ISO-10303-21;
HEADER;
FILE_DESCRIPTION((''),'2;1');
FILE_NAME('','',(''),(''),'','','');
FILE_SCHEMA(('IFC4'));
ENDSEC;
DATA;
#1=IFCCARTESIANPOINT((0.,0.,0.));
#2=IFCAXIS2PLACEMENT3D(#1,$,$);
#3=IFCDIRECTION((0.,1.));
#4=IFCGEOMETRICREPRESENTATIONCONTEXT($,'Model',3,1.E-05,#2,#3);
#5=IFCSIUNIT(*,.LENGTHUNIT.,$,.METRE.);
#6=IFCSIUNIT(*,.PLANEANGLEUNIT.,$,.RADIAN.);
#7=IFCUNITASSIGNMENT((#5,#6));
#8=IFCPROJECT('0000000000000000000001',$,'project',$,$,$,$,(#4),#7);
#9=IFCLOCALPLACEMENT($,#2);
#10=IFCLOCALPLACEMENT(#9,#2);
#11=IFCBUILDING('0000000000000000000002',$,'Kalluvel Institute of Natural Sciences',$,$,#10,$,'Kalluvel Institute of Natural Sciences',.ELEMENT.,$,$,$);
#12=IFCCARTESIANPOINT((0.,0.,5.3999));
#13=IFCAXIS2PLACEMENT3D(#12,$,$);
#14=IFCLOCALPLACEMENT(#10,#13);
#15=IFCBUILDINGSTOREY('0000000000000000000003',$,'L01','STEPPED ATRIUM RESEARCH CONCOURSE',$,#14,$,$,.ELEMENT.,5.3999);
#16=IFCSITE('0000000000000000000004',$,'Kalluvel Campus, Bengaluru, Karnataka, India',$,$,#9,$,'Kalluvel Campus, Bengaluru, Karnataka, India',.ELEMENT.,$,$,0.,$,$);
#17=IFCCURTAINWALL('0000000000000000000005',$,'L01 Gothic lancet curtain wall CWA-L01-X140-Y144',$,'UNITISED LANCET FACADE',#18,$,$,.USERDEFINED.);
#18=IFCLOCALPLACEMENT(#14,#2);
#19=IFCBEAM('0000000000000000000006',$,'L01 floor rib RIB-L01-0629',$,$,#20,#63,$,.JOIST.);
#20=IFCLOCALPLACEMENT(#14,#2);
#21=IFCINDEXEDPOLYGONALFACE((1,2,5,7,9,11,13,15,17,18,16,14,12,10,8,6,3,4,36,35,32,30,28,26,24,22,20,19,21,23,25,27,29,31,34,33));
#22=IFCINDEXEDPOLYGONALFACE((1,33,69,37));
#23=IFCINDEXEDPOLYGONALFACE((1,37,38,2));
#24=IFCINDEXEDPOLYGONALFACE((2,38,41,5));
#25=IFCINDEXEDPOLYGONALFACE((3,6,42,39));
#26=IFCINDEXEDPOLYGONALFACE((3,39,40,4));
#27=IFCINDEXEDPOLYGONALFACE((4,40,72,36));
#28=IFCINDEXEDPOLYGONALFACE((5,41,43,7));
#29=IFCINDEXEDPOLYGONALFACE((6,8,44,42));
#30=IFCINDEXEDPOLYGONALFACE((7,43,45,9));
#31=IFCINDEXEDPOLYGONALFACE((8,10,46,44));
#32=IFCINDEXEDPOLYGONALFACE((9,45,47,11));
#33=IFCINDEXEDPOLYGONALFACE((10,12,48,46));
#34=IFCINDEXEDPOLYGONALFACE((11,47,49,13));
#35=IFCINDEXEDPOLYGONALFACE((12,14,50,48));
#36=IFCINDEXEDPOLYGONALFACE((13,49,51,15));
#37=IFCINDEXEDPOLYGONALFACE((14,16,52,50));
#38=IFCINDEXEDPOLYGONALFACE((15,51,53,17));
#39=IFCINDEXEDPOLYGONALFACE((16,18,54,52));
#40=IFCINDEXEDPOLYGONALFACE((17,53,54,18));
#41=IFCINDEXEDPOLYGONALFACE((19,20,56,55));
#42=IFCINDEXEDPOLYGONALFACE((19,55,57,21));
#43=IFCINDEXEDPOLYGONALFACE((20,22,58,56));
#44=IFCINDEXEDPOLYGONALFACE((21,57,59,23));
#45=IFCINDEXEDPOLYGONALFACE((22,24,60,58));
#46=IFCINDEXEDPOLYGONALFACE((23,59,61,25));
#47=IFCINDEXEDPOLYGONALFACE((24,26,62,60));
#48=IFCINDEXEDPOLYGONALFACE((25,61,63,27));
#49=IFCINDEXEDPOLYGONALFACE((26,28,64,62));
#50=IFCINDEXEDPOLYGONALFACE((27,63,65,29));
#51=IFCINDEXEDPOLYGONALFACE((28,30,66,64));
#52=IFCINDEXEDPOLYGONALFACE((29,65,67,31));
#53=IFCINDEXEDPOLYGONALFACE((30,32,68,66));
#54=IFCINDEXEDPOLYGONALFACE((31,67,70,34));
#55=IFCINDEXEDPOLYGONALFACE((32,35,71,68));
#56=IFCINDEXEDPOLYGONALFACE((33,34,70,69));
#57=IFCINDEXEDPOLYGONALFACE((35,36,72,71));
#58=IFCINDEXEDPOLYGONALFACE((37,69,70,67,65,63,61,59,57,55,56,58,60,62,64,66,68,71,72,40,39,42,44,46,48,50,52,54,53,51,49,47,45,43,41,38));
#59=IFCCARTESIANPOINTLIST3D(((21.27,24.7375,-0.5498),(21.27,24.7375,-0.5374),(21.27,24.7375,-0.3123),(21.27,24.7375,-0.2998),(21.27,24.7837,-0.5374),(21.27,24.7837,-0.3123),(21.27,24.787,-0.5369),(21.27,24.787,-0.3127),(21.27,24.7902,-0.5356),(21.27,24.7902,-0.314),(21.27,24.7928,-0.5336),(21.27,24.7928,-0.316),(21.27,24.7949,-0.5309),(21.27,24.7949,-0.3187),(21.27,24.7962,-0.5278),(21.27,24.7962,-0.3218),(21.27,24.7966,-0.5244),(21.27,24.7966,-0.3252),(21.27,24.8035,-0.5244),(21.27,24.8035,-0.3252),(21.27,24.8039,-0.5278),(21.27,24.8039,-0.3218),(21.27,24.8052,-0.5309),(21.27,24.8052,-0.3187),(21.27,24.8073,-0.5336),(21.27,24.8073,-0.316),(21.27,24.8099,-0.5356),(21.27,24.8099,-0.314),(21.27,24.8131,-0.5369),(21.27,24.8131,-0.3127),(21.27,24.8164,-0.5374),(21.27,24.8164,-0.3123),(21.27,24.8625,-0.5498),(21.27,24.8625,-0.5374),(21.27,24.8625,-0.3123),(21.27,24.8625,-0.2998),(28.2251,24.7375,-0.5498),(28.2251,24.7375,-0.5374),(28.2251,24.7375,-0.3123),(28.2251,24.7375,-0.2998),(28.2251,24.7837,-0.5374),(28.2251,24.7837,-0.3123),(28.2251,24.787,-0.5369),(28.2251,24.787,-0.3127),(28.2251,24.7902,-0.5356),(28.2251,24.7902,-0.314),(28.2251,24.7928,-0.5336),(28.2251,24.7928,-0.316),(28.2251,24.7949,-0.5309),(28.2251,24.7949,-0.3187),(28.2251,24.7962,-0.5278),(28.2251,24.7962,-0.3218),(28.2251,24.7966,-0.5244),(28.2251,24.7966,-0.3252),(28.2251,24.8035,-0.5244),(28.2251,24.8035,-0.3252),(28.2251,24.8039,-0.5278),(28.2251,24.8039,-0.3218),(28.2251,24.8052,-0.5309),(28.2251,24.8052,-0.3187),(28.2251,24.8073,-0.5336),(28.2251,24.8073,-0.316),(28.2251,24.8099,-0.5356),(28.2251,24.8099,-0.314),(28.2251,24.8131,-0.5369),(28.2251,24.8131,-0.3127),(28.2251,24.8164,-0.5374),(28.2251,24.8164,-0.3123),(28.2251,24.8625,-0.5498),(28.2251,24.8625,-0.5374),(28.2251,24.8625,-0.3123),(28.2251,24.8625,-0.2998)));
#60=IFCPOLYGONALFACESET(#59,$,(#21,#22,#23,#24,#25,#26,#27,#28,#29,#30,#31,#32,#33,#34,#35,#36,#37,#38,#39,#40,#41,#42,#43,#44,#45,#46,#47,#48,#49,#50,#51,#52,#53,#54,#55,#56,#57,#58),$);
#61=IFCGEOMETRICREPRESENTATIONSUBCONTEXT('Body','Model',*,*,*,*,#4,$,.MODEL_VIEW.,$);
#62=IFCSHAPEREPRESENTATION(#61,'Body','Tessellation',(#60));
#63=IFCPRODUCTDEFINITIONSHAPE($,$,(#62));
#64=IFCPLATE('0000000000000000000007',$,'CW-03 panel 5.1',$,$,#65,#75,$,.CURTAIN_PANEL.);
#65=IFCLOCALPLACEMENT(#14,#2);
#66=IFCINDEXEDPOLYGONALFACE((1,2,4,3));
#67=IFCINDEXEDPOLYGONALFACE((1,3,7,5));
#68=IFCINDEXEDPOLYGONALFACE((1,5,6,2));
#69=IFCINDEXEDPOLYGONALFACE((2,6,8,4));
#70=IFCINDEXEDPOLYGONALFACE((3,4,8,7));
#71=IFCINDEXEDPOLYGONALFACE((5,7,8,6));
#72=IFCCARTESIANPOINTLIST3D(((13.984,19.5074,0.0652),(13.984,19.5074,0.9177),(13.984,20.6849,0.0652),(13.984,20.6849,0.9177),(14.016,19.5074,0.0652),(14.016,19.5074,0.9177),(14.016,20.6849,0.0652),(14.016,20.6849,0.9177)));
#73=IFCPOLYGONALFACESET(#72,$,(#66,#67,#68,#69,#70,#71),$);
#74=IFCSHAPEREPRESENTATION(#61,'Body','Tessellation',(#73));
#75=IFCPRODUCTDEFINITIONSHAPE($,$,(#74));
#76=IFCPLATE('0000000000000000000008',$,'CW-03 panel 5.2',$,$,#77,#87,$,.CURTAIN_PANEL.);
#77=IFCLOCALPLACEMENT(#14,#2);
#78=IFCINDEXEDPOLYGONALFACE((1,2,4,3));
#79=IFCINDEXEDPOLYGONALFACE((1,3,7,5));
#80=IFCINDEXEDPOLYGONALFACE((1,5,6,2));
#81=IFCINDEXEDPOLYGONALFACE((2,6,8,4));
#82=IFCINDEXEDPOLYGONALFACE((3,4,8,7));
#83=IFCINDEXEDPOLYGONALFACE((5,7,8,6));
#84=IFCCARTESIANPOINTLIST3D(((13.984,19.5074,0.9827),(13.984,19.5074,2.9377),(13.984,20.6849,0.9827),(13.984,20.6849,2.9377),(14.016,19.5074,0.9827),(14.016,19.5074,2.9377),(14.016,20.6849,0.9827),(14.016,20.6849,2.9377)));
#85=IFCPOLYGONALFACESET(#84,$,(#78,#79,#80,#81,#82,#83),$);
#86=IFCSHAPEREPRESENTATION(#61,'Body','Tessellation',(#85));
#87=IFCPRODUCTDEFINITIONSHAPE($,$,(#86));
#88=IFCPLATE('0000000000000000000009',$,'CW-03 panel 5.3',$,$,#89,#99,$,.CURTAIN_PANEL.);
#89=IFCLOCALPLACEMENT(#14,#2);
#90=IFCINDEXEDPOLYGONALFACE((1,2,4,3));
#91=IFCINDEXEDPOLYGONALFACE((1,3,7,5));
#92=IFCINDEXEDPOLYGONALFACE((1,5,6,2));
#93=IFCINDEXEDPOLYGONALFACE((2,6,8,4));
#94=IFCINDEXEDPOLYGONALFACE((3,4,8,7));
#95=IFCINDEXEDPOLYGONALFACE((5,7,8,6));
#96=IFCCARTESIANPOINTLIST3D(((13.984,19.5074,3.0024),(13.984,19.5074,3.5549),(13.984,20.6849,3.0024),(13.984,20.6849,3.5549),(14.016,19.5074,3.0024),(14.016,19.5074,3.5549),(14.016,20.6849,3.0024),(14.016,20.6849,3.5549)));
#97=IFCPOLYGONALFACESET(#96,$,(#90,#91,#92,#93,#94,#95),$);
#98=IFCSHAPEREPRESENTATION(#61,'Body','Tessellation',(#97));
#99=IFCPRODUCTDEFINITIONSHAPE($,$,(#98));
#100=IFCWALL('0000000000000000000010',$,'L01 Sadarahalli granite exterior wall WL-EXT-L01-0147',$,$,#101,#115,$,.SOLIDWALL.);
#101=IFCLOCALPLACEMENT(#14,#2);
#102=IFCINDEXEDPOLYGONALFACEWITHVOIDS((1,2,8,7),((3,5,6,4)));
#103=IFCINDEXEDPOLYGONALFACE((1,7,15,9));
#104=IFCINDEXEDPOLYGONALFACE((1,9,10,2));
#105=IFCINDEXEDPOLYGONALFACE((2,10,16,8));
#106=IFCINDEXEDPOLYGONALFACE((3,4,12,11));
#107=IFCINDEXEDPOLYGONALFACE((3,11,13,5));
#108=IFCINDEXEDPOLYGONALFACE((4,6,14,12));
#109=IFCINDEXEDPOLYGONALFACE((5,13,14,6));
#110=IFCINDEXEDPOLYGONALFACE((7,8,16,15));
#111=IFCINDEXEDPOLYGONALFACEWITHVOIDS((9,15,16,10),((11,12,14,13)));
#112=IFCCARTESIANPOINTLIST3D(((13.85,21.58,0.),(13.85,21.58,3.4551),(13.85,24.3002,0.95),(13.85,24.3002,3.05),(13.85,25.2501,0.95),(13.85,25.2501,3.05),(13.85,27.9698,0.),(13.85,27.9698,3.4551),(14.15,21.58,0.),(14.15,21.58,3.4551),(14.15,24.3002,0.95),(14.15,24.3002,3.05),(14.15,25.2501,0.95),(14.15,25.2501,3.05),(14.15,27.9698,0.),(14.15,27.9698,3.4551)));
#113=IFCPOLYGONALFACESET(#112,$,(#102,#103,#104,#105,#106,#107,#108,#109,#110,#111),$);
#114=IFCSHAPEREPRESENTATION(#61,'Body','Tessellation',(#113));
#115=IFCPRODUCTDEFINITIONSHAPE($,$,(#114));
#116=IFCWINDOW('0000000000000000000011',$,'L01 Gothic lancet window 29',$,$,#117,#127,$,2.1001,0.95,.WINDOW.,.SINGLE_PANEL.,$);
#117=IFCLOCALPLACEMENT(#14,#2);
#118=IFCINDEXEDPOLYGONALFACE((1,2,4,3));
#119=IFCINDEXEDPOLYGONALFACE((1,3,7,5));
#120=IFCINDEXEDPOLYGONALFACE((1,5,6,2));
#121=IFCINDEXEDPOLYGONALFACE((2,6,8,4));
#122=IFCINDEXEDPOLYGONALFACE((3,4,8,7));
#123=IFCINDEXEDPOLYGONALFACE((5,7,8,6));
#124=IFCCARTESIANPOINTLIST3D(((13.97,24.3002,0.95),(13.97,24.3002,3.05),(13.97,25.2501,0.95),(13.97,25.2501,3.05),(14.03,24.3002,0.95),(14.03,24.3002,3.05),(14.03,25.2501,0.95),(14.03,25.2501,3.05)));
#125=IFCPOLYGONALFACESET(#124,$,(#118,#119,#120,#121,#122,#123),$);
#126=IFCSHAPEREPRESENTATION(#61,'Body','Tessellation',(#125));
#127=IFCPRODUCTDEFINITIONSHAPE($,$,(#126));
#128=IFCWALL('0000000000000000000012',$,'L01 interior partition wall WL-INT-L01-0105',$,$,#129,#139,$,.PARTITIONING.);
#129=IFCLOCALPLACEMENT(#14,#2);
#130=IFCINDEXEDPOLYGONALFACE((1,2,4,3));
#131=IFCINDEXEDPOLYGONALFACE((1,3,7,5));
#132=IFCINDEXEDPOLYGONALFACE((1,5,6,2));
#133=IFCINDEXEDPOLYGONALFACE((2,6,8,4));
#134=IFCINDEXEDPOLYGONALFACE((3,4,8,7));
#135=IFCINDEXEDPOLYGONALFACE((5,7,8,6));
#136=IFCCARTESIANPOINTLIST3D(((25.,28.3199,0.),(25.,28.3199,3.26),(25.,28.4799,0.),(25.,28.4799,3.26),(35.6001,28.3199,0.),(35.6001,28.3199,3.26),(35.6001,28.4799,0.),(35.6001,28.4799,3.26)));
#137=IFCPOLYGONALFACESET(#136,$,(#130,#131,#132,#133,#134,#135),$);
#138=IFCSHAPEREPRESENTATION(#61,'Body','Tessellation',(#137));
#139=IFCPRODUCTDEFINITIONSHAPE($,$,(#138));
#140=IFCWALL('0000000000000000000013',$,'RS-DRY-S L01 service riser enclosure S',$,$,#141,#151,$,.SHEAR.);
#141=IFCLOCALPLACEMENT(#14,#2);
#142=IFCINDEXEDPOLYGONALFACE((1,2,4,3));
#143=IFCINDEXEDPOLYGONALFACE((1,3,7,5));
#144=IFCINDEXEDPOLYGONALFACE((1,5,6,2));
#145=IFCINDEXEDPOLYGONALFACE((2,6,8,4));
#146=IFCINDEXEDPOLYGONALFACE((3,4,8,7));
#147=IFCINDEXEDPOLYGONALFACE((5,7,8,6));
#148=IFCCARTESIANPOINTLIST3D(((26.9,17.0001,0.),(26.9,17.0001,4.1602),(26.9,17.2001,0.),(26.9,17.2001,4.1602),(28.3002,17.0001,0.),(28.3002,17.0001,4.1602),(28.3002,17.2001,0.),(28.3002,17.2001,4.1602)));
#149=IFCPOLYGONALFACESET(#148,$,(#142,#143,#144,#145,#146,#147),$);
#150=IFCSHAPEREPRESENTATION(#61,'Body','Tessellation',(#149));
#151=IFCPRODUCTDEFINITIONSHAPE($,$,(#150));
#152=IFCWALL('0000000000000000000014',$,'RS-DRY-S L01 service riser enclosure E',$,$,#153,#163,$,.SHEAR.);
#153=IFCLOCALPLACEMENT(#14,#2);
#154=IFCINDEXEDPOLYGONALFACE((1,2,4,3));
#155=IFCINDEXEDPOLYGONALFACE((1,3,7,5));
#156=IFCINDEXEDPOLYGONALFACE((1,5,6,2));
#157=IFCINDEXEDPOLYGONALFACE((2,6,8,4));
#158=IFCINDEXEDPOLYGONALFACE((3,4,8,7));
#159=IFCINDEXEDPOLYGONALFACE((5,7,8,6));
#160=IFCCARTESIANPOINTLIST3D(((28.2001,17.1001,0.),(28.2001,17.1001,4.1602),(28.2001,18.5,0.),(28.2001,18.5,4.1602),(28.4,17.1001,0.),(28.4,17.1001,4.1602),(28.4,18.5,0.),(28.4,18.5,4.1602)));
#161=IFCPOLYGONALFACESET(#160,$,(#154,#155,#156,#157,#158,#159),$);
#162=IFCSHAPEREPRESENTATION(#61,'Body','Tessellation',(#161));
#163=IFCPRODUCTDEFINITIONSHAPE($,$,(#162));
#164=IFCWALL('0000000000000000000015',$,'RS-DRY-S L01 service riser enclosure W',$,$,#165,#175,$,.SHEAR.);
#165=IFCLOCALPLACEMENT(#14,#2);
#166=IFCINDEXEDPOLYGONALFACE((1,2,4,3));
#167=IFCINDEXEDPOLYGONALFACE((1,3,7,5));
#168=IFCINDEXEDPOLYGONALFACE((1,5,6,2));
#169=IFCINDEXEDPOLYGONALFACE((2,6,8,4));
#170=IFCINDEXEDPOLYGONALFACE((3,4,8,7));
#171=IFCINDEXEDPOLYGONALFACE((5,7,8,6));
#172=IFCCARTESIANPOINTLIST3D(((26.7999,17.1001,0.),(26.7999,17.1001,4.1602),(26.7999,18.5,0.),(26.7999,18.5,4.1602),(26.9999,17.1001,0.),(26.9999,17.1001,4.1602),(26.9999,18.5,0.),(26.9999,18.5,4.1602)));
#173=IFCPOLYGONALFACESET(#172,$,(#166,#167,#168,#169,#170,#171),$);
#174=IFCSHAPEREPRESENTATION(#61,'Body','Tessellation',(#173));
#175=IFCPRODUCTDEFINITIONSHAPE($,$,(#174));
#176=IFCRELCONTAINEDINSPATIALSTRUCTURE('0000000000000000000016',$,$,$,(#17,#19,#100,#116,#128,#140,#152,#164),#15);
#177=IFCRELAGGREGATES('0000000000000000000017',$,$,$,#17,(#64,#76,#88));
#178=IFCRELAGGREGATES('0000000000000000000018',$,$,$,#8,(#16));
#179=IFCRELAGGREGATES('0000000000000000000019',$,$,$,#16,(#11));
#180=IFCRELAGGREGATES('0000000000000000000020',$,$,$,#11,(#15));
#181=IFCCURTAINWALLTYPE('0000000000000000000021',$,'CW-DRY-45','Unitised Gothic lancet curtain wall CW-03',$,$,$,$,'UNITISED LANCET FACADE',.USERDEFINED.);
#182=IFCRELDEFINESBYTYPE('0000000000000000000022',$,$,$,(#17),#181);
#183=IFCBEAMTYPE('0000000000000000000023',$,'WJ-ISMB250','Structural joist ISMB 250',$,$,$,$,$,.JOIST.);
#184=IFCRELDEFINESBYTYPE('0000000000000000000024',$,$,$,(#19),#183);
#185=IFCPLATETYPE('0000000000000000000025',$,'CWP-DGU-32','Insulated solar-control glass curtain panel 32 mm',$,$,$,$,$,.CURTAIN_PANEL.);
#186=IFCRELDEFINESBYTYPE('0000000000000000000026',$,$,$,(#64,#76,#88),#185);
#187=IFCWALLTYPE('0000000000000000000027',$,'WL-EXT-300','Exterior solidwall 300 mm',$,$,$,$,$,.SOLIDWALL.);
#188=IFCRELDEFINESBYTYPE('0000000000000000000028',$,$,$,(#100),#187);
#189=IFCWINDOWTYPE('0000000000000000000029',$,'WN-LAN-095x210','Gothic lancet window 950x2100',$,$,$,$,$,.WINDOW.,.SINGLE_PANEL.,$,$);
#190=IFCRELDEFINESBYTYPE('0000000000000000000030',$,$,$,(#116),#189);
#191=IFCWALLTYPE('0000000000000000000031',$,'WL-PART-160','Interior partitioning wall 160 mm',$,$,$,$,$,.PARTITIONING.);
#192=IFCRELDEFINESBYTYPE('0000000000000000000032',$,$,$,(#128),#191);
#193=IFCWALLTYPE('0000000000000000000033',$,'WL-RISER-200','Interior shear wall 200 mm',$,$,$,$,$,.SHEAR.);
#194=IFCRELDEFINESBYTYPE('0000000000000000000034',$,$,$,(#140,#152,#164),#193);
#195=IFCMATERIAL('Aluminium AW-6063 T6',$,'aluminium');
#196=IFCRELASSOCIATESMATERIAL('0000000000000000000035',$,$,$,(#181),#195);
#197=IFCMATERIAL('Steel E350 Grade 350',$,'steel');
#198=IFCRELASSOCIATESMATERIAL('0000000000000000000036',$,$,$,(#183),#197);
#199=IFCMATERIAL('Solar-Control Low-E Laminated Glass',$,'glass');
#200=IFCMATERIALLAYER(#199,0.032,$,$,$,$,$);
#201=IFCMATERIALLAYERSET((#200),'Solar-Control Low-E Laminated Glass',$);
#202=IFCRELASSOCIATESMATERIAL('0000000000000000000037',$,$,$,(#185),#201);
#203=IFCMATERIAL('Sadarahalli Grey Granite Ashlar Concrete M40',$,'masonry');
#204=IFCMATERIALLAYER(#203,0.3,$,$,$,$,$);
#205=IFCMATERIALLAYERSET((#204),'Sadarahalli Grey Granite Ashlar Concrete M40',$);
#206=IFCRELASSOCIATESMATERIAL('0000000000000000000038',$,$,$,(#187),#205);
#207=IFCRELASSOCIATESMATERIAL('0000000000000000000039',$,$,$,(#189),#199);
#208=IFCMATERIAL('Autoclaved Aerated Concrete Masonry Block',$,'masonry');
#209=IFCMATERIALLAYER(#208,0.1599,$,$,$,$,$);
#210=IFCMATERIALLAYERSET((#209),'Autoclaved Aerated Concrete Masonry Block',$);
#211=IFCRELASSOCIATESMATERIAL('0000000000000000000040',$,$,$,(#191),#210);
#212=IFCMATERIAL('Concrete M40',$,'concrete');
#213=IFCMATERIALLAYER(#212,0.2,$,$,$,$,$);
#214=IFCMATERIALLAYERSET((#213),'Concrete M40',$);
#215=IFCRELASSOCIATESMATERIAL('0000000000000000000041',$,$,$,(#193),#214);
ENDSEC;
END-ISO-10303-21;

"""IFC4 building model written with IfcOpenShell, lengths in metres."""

from ifc_helpers import new_model, si_unit, direction, frame, frame_2d, origin, origin_2d, place, context, subcontext, project, spatial, rectangle, i_section, extrude, material, layer, layer_set, material_profile, profile_set, type_object, element, fill, aggregate, save


model = new_model("IFC4")

# Units and contexts
model_context = context("Model", 3, precision=1e-05, world=origin(), true_north=direction((0.0, 1.0)))
body_context = subcontext(model_context, "Body", "Model", "MODEL_VIEW")
ifc_project = project(units=[si_unit("LENGTHUNIT", "METRE"), si_unit("PLANEANGLEUNIT", "RADIAN")], contexts=[model_context])

# Site, building, storey
site_placement = place(None, origin())
site = spatial("IfcSite", under=ifc_project, at=site_placement, Name="Kalluvel Campus, Bengaluru, Karnataka, India", LongName="Kalluvel Campus, Bengaluru, Karnataka, India", CompositionType="ELEMENT", RefElevation=0.0)
building_placement = place(site_placement, origin())
building = spatial("IfcBuilding", under=site, at=building_placement, Name="Kalluvel Institute of Natural Sciences", LongName="Kalluvel Institute of Natural Sciences", CompositionType="ELEMENT")
storey_placement = place(building_placement, frame((0.0, 0.0, 5.3999)))
storey = spatial("IfcBuildingStorey", under=building, at=storey_placement, Name="L01", Description="STEPPED ATRIUM RESEARCH CONCOURSE", CompositionType="ELEMENT", Elevation=5.3999)

# Shared definitions
ifc_material_1 = material(Name="Concrete M40", Category="concrete")

# Shared definitions
ifc_material_2 = material(Name="Steel E350 Grade 350", Category="steel")

# Curtain wall
ifc_material_3 = material(Name="Aluminium AW-6063 T6", Category="aluminium")
curtain_wall_type = type_object("IfcCurtainWallType", Name="CW-DRY-45", Description="Unitised Gothic lancet curtain wall CW-03", ElementType="UNITISED LANCET FACADE", PredefinedType="USERDEFINED", material=ifc_material_3)
curtain_wall_1_placement = place(storey_placement, origin())
curtain_wall_1 = element("IfcCurtainWall", 1, at=curtain_wall_1_placement, inside=storey, type_object=curtain_wall_type, Name="L01 Gothic lancet curtain wall CWA-L01-X140-Y144", ObjectType="UNITISED LANCET FACADE", PredefinedType="USERDEFINED")

# Beam
ifc_material_profile_1 = material_profile(ifc_material_2, i_section(OverallWidth=0.125, OverallDepth=0.25, WebThickness=0.0068, FlangeThickness=0.0125, FilletRadius=0.0129, at=origin_2d()), Name="ISMB 250")
ifc_profile_set_1 = profile_set([ifc_material_profile_1], Name="Steel E350 Grade 350")
beam_type_1 = type_object("IfcBeamType", Name="WJ-ISMB250", Description="Structural joist ISMB 250", PredefinedType="JOIST", material=ifc_profile_set_1)
for number, where, z_axis, x_axis, name in (
    (2, (21.27, 24.8, -0.4248), (1.0, 0.0, 0.0), (0.0, 1.0, 0.0), "L01 floor rib RIB-L01-0629"),
):
    element("IfcBeam", number, at=place(storey_placement, frame(where, z_axis=z_axis, x_axis=x_axis)), inside=storey, type_object=beam_type_1, Name=name, PredefinedType="JOIST", context=body_context, shape_type="SweptSolid", body=[
        extrude(i_section(OverallWidth=0.125, OverallDepth=0.25, WebThickness=0.0068, FlangeThickness=0.0125, FilletRadius=0.0129, at=origin_2d()), origin(), (0.0, 0.0, 1.0), 6.9551),
    ])

# Plates
ifc_material_4 = material(Name="Solar-Control Low-E Laminated Glass", Category="glass")
ifc_layer_1 = layer(ifc_material_4, 0.032)
ifc_layer_set_1 = layer_set([ifc_layer_1], Name="Solar-Control Low-E Laminated Glass")
plate_type = type_object("IfcPlateType", Name="CWP-DGU-32", Description="Insulated solar-control glass curtain panel 32 mm", PredefinedType="CURTAIN_PANEL", material=ifc_layer_set_1)
plate_1_placement = place(storey_placement, frame((14.0, 20.0962, 0.0652), z_axis=(0.0, 0.0, 1.0), x_axis=(0.0, 1.0, 0.0)))
plate_1 = element("IfcPlate", 3, at=plate_1_placement, type_object=plate_type, Name="CW-03 panel 5.1", PredefinedType="CURTAIN_PANEL", context=body_context, shape_type="SweptSolid", body=[
    extrude(rectangle(XDim=1.1775, YDim=0.032, at=origin_2d()), origin(), (0.0, 0.0, 1.0), 0.8525),
])
plate_2_placement = place(storey_placement, frame((14.0, 20.0962, 0.9827), z_axis=(0.0, 0.0, 1.0), x_axis=(0.0, 1.0, 0.0)))
plate_2 = element("IfcPlate", 4, at=plate_2_placement, type_object=plate_type, Name="CW-03 panel 5.2", PredefinedType="CURTAIN_PANEL", context=body_context, shape_type="SweptSolid", body=[
    extrude(rectangle(XDim=1.1775, YDim=0.032, at=origin_2d()), origin(), (0.0, 0.0, 1.0), 1.9551),
])
plate_3_placement = place(storey_placement, frame((14.0, 20.0962, 3.0024), z_axis=(0.0, 0.0, 1.0), x_axis=(0.0, 1.0, 0.0)))
plate_3 = element("IfcPlate", 5, at=plate_3_placement, type_object=plate_type, Name="CW-03 panel 5.3", PredefinedType="CURTAIN_PANEL", context=body_context, shape_type="SweptSolid", body=[
    extrude(rectangle(XDim=1.1775, YDim=0.032, at=origin_2d()), origin(), (0.0, 0.0, 1.0), 0.5525),
])
aggregate(curtain_wall_1, [plate_1, plate_2, plate_3])

# Wall, opening, window
ifc_material_5 = material(Name="Sadarahalli Grey Granite Ashlar Concrete M40", Category="masonry")
ifc_layer_2 = layer(ifc_material_5, 0.3)
ifc_layer_set_2 = layer_set([ifc_layer_2], Name="Sadarahalli Grey Granite Ashlar Concrete M40")
wall_type_1 = type_object("IfcWallType", Name="WL-EXT-300", Description="Exterior solidwall 300 mm", PredefinedType="SOLIDWALL", material=ifc_layer_set_2)
wall_1_placement = place(storey_placement, frame((14.0, 21.5801, 0.0), z_axis=(0.0, 0.0, 1.0), x_axis=(0.0, 1.0, 0.0)))
wall_1 = element("IfcWall", 6, at=wall_1_placement, inside=storey, type_object=wall_type_1, Name="L01 Sadarahalli granite exterior wall WL-EXT-L01-0147", PredefinedType="SOLIDWALL", context=body_context, shape_type="SweptSolid", body=[
    extrude(rectangle(XDim=6.3899, YDim=0.3, at=frame_2d((3.1948, 0.0))), origin(), (0.0, 0.0, 1.0), 3.4551),
])
opening_placement = place(wall_1_placement, frame((2.72, 0.0, 0.95)))
opening = element("IfcOpeningElement", 7, at=opening_placement, cuts=wall_1, PredefinedType="OPENING", context=body_context, shape_type="SweptSolid", body=[
    extrude(rectangle(XDim=0.95, YDim=2.1001, at=frame_2d((0.4751, 1.05))), frame((0.0, 0.1599, 0.0), z_axis=(0.0, -1.0, 0.0), x_axis=(1.0, 0.0, 0.0)), (0.0, 0.0, 1.0), 0.3201),
])
window_type = type_object("IfcWindowType", Name="WN-LAN-095x210", Description="Gothic lancet window 950x2100", PartitioningType="SINGLE_PANEL", PredefinedType="WINDOW", material=ifc_material_4)
window_placement = place(opening_placement, origin())
window = element("IfcWindow", 8, at=window_placement, inside=storey, type_object=window_type, Name="L01 Gothic lancet window 29", OverallHeight=2.1001, OverallWidth=0.95, PartitioningType="SINGLE_PANEL", PredefinedType="WINDOW", context=body_context, shape_type="SweptSolid", body=[
    extrude(rectangle(XDim=0.95, YDim=2.1001, at=frame_2d((0.4751, 1.05))), frame((0.0, 0.03, 0.0), z_axis=(0.0, -1.0, 0.0), x_axis=(1.0, 0.0, 0.0)), (0.0, 0.0, 1.0), 0.0601),
])
fill(opening, window)

# Walls
ifc_material_6 = material(Name="Autoclaved Aerated Concrete Masonry Block", Category="masonry")
ifc_layer_3 = layer(ifc_material_6, 0.1599)
ifc_layer_set_3 = layer_set([ifc_layer_3], Name="Autoclaved Aerated Concrete Masonry Block")
wall_type_2 = type_object("IfcWallType", Name="WL-PART-160", Description="Interior partitioning wall 160 mm", PredefinedType="PARTITIONING", material=ifc_layer_set_3)
wall_2_placement = place(storey_placement, frame((25.0, 28.3999, 0.0), z_axis=(0.0, 0.0, 1.0), x_axis=(1.0, 0.0, 0.0)))
element("IfcWall", 9, at=wall_2_placement, inside=storey, type_object=wall_type_2, Name="L01 interior partition wall WL-INT-L01-0105", PredefinedType="PARTITIONING", context=body_context, shape_type="SweptSolid", body=[
    extrude(rectangle(XDim=10.6001, YDim=0.1599, at=frame_2d((5.3, 0.0))), origin(), (0.0, 0.0, 1.0), 3.26),
])
ifc_layer_4 = layer(ifc_material_1, 0.2)
ifc_layer_set_4 = layer_set([ifc_layer_4], Name="Concrete M40")
wall_type_3 = type_object("IfcWallType", Name="WL-RISER-200", Description="Interior shear wall 200 mm", PredefinedType="SHEAR", material=ifc_layer_set_4)
wall_3_placement = place(storey_placement, frame((26.8999, 17.1001, 0.0), z_axis=(0.0, 0.0, 1.0), x_axis=(1.0, 0.0, 0.0)))
element("IfcWall", 10, at=wall_3_placement, inside=storey, type_object=wall_type_3, Name="RS-DRY-S L01 service riser enclosure S", PredefinedType="SHEAR", context=body_context, shape_type="SweptSolid", body=[
    extrude(rectangle(XDim=1.4001, YDim=0.2, at=frame_2d((0.7002, 0.0))), origin(), (0.0, 0.0, 1.0), 4.1602),
])
for number, where, z_axis, x_axis, name in (
    (11, (28.3, 17.1001, 0.0), (0.0, 0.0, 1.0), (0.0, 1.0, 0.0), "RS-DRY-S L01 service riser enclosure E"),
    (12, (26.8999, 18.5, 0.0), (0.0, 0.0, 1.0), (0.0, -1.0, 0.0), "RS-DRY-S L01 service riser enclosure W"),
):
    element("IfcWall", number, at=place(storey_placement, frame(where, z_axis=z_axis, x_axis=x_axis)), inside=storey, type_object=wall_type_3, Name=name, PredefinedType="SHEAR", context=body_context, shape_type="SweptSolid", body=[
        extrude(rectangle(XDim=1.3999, YDim=0.2, at=frame_2d((0.7, 0.0))), origin(), (0.0, 0.0, 1.0), 4.1602),
    ])

save(model, "model.ifc")
